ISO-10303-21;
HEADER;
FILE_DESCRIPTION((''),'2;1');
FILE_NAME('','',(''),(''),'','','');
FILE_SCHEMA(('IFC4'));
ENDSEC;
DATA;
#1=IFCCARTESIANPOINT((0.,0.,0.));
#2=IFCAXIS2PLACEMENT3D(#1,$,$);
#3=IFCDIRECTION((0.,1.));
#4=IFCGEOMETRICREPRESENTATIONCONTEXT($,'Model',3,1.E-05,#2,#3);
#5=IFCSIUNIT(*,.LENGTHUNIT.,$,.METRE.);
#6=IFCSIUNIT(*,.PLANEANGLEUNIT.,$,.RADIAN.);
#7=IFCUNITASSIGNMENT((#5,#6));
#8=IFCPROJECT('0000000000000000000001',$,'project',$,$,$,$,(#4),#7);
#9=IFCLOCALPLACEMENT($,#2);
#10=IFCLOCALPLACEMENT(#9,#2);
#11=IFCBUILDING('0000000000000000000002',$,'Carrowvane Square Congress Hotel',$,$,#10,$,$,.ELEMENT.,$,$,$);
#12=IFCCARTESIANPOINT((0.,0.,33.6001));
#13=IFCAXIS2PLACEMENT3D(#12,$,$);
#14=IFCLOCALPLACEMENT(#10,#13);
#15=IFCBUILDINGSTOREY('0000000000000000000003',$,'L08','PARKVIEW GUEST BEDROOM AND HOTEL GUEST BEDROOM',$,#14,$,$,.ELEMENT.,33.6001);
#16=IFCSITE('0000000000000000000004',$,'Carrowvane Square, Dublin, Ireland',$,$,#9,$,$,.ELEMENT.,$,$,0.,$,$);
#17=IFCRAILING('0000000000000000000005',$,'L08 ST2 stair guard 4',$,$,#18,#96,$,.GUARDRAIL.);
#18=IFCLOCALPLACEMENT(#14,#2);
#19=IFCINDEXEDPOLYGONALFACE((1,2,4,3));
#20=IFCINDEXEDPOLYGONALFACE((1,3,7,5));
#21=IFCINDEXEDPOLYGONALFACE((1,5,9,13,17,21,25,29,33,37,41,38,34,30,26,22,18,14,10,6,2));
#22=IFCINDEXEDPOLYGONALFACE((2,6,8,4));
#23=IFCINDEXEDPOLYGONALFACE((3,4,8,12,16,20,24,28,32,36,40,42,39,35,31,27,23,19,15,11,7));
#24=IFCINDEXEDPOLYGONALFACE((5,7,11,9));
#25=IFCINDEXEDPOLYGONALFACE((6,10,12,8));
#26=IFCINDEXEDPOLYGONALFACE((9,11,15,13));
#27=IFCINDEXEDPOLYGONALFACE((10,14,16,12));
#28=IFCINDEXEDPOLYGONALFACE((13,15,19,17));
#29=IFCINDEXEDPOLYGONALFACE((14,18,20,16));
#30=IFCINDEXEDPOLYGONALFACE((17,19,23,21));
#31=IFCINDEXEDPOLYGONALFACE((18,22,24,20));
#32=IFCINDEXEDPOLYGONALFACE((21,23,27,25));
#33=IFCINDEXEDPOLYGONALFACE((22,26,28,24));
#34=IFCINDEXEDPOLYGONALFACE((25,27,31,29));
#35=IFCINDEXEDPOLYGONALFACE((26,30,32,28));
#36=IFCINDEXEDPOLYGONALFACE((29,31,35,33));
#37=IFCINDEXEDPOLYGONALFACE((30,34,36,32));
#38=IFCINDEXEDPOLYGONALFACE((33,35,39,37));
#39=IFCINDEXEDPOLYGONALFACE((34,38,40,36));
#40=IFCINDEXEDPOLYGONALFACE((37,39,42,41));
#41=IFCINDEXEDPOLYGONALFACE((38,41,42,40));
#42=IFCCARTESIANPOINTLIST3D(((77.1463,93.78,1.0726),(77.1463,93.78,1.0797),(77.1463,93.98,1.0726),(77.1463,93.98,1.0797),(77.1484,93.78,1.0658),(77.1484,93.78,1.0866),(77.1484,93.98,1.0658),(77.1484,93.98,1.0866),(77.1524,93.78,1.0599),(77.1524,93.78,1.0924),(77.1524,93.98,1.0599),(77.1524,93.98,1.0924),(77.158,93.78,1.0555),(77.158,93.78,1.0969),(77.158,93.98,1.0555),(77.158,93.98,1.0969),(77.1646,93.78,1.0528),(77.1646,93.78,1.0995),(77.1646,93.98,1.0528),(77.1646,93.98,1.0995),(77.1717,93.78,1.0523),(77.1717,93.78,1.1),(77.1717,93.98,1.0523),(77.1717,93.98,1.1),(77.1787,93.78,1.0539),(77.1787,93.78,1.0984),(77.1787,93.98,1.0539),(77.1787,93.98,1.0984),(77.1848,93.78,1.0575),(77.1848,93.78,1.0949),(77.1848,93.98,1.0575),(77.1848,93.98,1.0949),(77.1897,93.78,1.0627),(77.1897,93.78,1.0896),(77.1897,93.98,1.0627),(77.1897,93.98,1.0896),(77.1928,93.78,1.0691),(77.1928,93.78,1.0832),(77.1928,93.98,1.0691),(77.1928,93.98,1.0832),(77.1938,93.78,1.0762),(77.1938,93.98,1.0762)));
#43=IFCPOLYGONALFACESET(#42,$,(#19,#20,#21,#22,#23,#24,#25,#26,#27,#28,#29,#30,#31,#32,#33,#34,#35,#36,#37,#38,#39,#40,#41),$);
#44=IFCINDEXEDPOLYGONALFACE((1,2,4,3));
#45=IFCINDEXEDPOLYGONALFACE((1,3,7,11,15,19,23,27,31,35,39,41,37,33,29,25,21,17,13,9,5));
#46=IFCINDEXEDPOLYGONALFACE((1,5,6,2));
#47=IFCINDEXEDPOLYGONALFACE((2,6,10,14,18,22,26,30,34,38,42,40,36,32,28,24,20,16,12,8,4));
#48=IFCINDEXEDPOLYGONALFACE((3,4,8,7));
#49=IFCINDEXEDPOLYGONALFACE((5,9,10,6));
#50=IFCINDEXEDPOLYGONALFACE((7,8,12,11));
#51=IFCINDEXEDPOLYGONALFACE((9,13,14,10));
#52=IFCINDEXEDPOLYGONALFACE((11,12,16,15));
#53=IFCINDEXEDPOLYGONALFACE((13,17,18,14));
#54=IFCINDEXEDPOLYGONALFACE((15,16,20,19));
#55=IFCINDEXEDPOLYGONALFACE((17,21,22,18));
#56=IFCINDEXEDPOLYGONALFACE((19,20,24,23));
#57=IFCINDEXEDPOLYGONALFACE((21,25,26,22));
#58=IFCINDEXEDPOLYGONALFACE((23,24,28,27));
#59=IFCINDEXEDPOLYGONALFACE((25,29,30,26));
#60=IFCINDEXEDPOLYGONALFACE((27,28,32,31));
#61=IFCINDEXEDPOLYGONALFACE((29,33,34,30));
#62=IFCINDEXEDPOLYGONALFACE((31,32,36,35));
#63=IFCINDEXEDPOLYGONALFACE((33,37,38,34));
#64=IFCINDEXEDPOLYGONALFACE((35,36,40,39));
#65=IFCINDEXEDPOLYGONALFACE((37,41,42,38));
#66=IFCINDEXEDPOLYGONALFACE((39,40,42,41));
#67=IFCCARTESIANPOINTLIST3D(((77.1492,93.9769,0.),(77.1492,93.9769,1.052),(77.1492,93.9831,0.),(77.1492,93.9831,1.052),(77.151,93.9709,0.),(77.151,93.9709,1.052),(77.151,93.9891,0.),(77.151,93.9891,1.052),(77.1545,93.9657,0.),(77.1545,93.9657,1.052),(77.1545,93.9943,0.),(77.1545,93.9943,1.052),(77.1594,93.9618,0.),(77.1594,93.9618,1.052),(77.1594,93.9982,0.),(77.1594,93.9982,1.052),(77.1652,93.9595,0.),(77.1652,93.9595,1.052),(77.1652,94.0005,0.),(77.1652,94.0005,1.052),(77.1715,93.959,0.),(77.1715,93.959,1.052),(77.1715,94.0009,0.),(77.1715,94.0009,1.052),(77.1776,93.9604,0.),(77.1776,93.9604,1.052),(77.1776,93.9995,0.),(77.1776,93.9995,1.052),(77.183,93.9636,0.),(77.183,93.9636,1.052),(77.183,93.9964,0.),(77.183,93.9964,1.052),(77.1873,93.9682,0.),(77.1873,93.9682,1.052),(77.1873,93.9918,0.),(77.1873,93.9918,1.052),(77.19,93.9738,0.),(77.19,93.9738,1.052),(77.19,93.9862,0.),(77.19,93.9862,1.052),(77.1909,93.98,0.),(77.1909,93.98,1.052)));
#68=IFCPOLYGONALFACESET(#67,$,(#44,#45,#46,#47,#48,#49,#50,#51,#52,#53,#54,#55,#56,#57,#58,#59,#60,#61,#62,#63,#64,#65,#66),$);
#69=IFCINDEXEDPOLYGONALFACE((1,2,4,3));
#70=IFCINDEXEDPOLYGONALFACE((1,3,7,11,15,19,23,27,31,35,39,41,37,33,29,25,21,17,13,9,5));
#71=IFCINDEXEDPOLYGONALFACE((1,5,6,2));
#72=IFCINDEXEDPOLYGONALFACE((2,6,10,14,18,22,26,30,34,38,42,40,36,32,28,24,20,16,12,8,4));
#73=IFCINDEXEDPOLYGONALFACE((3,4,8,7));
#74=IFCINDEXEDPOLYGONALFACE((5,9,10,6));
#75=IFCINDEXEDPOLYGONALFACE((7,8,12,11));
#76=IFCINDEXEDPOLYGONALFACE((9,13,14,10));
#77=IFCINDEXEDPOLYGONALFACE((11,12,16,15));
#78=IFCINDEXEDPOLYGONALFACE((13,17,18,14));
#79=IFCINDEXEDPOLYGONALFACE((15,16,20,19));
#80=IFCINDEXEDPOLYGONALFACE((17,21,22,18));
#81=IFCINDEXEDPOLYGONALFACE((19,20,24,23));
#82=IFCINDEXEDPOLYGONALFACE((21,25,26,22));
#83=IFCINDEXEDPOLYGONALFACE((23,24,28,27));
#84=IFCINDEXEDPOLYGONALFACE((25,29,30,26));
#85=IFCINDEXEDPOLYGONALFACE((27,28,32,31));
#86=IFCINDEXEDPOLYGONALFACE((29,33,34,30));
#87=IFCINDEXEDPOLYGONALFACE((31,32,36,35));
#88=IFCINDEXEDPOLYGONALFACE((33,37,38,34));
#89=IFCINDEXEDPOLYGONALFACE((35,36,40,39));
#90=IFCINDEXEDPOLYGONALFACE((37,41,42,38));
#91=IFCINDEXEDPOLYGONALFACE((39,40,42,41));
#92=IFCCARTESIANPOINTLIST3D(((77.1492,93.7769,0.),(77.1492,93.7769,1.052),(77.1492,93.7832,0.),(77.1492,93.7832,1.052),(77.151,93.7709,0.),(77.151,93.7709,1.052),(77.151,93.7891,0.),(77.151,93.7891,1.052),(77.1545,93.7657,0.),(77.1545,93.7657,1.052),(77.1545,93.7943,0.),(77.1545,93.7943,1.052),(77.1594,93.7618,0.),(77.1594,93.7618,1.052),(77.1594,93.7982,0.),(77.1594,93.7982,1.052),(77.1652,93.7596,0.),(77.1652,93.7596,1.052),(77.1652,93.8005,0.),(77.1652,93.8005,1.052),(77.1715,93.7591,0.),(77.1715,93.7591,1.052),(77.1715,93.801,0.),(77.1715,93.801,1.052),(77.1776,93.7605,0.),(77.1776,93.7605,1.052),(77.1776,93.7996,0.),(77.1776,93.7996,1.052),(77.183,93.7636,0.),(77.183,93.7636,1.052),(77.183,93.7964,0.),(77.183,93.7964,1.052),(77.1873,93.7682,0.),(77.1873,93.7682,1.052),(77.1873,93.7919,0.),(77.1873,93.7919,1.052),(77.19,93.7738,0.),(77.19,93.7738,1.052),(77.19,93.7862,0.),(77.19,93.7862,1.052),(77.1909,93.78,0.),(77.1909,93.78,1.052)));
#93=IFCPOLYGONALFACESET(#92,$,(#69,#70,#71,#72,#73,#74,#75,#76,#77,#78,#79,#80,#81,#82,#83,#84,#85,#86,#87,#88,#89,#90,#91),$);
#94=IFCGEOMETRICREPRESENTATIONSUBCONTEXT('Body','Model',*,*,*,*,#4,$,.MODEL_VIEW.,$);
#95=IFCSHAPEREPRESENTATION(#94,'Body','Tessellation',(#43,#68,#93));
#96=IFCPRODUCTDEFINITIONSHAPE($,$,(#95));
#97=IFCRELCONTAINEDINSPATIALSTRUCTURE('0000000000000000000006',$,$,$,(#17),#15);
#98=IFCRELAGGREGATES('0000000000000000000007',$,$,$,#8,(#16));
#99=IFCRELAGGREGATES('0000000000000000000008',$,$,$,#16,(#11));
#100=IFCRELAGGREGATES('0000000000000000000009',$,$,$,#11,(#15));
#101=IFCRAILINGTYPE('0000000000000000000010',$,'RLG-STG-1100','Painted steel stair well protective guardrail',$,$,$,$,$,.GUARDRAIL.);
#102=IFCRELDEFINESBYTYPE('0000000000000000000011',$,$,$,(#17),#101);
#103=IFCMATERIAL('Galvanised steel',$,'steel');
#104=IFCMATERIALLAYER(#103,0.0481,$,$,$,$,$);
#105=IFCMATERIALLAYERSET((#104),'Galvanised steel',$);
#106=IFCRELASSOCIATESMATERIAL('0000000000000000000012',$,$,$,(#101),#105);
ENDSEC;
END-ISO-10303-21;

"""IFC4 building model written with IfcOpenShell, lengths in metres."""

from ifc_helpers import new_model, si_unit, direction, frame, origin, origin_2d, place, context, subcontext, project, spatial, circle, extrude, material, layer, layer_set, type_object, element, save


model = new_model("IFC4")

# Units and contexts
model_context = context("Model", 3, precision=1e-05, world=origin(), true_north=direction((0.0, 1.0)))
body_context = subcontext(model_context, "Body", "Model", "MODEL_VIEW")
ifc_project = project(units=[si_unit("LENGTHUNIT", "METRE"), si_unit("PLANEANGLEUNIT", "RADIAN")], contexts=[model_context])

# Site, building, storey
site_placement = place(None, origin())
site = spatial("IfcSite", under=ifc_project, at=site_placement, Name="Carrowvane Square, Dublin, Ireland", CompositionType="ELEMENT", RefElevation=0.0)
building_placement = place(site_placement, origin())
building = spatial("IfcBuilding", under=site, at=building_placement, Name="Carrowvane Square Congress Hotel", CompositionType="ELEMENT")
storey_placement = place(building_placement, frame((0.0, 0.0, 33.6001)))
storey = spatial("IfcBuildingStorey", under=building, at=storey_placement, Name="L08", Description="PARKVIEW GUEST BEDROOM AND HOTEL GUEST BEDROOM", CompositionType="ELEMENT", Elevation=33.6001)

# Railing
ifc_material_1 = material(Name="Galvanised steel", Category="steel")
ifc_layer_1 = layer(ifc_material_1, 0.0481)
ifc_layer_set_1 = layer_set([ifc_layer_1], Name="Galvanised steel")
railing_type_1 = type_object("IfcRailingType", Name="RLG-STG-1100", Description="Painted steel stair well protective guardrail", PredefinedType="GUARDRAIL", material=ifc_layer_set_1)
railing_1_placement = place(storey_placement, frame((77.1699, 93.98, 0.0)))
element("IfcRailing", 1, at=railing_1_placement, inside=storey, type_object=railing_type_1, Name="L08 ST2 stair guard 4", PredefinedType="GUARDRAIL", context=body_context, shape_type="SweptSolid", body=[
    extrude(circle(Radius=0.0239, at=origin_2d()), frame((0.0, 0.0, 1.0762), z_axis=(0.0, -1.0, 0.0), x_axis=(1.0, 0.0, 0.0)), (0.0, 0.0, 1.0), 0.2),
    extrude(circle(Radius=0.021, at=origin_2d()), origin(), (0.0, 0.0, 1.0), 1.052),
    extrude(circle(Radius=0.021, at=origin_2d()), frame((0.0, -0.2, 0.0)), (0.0, 0.0, 1.0), 1.052),
])

save(model, "model.ifc")
